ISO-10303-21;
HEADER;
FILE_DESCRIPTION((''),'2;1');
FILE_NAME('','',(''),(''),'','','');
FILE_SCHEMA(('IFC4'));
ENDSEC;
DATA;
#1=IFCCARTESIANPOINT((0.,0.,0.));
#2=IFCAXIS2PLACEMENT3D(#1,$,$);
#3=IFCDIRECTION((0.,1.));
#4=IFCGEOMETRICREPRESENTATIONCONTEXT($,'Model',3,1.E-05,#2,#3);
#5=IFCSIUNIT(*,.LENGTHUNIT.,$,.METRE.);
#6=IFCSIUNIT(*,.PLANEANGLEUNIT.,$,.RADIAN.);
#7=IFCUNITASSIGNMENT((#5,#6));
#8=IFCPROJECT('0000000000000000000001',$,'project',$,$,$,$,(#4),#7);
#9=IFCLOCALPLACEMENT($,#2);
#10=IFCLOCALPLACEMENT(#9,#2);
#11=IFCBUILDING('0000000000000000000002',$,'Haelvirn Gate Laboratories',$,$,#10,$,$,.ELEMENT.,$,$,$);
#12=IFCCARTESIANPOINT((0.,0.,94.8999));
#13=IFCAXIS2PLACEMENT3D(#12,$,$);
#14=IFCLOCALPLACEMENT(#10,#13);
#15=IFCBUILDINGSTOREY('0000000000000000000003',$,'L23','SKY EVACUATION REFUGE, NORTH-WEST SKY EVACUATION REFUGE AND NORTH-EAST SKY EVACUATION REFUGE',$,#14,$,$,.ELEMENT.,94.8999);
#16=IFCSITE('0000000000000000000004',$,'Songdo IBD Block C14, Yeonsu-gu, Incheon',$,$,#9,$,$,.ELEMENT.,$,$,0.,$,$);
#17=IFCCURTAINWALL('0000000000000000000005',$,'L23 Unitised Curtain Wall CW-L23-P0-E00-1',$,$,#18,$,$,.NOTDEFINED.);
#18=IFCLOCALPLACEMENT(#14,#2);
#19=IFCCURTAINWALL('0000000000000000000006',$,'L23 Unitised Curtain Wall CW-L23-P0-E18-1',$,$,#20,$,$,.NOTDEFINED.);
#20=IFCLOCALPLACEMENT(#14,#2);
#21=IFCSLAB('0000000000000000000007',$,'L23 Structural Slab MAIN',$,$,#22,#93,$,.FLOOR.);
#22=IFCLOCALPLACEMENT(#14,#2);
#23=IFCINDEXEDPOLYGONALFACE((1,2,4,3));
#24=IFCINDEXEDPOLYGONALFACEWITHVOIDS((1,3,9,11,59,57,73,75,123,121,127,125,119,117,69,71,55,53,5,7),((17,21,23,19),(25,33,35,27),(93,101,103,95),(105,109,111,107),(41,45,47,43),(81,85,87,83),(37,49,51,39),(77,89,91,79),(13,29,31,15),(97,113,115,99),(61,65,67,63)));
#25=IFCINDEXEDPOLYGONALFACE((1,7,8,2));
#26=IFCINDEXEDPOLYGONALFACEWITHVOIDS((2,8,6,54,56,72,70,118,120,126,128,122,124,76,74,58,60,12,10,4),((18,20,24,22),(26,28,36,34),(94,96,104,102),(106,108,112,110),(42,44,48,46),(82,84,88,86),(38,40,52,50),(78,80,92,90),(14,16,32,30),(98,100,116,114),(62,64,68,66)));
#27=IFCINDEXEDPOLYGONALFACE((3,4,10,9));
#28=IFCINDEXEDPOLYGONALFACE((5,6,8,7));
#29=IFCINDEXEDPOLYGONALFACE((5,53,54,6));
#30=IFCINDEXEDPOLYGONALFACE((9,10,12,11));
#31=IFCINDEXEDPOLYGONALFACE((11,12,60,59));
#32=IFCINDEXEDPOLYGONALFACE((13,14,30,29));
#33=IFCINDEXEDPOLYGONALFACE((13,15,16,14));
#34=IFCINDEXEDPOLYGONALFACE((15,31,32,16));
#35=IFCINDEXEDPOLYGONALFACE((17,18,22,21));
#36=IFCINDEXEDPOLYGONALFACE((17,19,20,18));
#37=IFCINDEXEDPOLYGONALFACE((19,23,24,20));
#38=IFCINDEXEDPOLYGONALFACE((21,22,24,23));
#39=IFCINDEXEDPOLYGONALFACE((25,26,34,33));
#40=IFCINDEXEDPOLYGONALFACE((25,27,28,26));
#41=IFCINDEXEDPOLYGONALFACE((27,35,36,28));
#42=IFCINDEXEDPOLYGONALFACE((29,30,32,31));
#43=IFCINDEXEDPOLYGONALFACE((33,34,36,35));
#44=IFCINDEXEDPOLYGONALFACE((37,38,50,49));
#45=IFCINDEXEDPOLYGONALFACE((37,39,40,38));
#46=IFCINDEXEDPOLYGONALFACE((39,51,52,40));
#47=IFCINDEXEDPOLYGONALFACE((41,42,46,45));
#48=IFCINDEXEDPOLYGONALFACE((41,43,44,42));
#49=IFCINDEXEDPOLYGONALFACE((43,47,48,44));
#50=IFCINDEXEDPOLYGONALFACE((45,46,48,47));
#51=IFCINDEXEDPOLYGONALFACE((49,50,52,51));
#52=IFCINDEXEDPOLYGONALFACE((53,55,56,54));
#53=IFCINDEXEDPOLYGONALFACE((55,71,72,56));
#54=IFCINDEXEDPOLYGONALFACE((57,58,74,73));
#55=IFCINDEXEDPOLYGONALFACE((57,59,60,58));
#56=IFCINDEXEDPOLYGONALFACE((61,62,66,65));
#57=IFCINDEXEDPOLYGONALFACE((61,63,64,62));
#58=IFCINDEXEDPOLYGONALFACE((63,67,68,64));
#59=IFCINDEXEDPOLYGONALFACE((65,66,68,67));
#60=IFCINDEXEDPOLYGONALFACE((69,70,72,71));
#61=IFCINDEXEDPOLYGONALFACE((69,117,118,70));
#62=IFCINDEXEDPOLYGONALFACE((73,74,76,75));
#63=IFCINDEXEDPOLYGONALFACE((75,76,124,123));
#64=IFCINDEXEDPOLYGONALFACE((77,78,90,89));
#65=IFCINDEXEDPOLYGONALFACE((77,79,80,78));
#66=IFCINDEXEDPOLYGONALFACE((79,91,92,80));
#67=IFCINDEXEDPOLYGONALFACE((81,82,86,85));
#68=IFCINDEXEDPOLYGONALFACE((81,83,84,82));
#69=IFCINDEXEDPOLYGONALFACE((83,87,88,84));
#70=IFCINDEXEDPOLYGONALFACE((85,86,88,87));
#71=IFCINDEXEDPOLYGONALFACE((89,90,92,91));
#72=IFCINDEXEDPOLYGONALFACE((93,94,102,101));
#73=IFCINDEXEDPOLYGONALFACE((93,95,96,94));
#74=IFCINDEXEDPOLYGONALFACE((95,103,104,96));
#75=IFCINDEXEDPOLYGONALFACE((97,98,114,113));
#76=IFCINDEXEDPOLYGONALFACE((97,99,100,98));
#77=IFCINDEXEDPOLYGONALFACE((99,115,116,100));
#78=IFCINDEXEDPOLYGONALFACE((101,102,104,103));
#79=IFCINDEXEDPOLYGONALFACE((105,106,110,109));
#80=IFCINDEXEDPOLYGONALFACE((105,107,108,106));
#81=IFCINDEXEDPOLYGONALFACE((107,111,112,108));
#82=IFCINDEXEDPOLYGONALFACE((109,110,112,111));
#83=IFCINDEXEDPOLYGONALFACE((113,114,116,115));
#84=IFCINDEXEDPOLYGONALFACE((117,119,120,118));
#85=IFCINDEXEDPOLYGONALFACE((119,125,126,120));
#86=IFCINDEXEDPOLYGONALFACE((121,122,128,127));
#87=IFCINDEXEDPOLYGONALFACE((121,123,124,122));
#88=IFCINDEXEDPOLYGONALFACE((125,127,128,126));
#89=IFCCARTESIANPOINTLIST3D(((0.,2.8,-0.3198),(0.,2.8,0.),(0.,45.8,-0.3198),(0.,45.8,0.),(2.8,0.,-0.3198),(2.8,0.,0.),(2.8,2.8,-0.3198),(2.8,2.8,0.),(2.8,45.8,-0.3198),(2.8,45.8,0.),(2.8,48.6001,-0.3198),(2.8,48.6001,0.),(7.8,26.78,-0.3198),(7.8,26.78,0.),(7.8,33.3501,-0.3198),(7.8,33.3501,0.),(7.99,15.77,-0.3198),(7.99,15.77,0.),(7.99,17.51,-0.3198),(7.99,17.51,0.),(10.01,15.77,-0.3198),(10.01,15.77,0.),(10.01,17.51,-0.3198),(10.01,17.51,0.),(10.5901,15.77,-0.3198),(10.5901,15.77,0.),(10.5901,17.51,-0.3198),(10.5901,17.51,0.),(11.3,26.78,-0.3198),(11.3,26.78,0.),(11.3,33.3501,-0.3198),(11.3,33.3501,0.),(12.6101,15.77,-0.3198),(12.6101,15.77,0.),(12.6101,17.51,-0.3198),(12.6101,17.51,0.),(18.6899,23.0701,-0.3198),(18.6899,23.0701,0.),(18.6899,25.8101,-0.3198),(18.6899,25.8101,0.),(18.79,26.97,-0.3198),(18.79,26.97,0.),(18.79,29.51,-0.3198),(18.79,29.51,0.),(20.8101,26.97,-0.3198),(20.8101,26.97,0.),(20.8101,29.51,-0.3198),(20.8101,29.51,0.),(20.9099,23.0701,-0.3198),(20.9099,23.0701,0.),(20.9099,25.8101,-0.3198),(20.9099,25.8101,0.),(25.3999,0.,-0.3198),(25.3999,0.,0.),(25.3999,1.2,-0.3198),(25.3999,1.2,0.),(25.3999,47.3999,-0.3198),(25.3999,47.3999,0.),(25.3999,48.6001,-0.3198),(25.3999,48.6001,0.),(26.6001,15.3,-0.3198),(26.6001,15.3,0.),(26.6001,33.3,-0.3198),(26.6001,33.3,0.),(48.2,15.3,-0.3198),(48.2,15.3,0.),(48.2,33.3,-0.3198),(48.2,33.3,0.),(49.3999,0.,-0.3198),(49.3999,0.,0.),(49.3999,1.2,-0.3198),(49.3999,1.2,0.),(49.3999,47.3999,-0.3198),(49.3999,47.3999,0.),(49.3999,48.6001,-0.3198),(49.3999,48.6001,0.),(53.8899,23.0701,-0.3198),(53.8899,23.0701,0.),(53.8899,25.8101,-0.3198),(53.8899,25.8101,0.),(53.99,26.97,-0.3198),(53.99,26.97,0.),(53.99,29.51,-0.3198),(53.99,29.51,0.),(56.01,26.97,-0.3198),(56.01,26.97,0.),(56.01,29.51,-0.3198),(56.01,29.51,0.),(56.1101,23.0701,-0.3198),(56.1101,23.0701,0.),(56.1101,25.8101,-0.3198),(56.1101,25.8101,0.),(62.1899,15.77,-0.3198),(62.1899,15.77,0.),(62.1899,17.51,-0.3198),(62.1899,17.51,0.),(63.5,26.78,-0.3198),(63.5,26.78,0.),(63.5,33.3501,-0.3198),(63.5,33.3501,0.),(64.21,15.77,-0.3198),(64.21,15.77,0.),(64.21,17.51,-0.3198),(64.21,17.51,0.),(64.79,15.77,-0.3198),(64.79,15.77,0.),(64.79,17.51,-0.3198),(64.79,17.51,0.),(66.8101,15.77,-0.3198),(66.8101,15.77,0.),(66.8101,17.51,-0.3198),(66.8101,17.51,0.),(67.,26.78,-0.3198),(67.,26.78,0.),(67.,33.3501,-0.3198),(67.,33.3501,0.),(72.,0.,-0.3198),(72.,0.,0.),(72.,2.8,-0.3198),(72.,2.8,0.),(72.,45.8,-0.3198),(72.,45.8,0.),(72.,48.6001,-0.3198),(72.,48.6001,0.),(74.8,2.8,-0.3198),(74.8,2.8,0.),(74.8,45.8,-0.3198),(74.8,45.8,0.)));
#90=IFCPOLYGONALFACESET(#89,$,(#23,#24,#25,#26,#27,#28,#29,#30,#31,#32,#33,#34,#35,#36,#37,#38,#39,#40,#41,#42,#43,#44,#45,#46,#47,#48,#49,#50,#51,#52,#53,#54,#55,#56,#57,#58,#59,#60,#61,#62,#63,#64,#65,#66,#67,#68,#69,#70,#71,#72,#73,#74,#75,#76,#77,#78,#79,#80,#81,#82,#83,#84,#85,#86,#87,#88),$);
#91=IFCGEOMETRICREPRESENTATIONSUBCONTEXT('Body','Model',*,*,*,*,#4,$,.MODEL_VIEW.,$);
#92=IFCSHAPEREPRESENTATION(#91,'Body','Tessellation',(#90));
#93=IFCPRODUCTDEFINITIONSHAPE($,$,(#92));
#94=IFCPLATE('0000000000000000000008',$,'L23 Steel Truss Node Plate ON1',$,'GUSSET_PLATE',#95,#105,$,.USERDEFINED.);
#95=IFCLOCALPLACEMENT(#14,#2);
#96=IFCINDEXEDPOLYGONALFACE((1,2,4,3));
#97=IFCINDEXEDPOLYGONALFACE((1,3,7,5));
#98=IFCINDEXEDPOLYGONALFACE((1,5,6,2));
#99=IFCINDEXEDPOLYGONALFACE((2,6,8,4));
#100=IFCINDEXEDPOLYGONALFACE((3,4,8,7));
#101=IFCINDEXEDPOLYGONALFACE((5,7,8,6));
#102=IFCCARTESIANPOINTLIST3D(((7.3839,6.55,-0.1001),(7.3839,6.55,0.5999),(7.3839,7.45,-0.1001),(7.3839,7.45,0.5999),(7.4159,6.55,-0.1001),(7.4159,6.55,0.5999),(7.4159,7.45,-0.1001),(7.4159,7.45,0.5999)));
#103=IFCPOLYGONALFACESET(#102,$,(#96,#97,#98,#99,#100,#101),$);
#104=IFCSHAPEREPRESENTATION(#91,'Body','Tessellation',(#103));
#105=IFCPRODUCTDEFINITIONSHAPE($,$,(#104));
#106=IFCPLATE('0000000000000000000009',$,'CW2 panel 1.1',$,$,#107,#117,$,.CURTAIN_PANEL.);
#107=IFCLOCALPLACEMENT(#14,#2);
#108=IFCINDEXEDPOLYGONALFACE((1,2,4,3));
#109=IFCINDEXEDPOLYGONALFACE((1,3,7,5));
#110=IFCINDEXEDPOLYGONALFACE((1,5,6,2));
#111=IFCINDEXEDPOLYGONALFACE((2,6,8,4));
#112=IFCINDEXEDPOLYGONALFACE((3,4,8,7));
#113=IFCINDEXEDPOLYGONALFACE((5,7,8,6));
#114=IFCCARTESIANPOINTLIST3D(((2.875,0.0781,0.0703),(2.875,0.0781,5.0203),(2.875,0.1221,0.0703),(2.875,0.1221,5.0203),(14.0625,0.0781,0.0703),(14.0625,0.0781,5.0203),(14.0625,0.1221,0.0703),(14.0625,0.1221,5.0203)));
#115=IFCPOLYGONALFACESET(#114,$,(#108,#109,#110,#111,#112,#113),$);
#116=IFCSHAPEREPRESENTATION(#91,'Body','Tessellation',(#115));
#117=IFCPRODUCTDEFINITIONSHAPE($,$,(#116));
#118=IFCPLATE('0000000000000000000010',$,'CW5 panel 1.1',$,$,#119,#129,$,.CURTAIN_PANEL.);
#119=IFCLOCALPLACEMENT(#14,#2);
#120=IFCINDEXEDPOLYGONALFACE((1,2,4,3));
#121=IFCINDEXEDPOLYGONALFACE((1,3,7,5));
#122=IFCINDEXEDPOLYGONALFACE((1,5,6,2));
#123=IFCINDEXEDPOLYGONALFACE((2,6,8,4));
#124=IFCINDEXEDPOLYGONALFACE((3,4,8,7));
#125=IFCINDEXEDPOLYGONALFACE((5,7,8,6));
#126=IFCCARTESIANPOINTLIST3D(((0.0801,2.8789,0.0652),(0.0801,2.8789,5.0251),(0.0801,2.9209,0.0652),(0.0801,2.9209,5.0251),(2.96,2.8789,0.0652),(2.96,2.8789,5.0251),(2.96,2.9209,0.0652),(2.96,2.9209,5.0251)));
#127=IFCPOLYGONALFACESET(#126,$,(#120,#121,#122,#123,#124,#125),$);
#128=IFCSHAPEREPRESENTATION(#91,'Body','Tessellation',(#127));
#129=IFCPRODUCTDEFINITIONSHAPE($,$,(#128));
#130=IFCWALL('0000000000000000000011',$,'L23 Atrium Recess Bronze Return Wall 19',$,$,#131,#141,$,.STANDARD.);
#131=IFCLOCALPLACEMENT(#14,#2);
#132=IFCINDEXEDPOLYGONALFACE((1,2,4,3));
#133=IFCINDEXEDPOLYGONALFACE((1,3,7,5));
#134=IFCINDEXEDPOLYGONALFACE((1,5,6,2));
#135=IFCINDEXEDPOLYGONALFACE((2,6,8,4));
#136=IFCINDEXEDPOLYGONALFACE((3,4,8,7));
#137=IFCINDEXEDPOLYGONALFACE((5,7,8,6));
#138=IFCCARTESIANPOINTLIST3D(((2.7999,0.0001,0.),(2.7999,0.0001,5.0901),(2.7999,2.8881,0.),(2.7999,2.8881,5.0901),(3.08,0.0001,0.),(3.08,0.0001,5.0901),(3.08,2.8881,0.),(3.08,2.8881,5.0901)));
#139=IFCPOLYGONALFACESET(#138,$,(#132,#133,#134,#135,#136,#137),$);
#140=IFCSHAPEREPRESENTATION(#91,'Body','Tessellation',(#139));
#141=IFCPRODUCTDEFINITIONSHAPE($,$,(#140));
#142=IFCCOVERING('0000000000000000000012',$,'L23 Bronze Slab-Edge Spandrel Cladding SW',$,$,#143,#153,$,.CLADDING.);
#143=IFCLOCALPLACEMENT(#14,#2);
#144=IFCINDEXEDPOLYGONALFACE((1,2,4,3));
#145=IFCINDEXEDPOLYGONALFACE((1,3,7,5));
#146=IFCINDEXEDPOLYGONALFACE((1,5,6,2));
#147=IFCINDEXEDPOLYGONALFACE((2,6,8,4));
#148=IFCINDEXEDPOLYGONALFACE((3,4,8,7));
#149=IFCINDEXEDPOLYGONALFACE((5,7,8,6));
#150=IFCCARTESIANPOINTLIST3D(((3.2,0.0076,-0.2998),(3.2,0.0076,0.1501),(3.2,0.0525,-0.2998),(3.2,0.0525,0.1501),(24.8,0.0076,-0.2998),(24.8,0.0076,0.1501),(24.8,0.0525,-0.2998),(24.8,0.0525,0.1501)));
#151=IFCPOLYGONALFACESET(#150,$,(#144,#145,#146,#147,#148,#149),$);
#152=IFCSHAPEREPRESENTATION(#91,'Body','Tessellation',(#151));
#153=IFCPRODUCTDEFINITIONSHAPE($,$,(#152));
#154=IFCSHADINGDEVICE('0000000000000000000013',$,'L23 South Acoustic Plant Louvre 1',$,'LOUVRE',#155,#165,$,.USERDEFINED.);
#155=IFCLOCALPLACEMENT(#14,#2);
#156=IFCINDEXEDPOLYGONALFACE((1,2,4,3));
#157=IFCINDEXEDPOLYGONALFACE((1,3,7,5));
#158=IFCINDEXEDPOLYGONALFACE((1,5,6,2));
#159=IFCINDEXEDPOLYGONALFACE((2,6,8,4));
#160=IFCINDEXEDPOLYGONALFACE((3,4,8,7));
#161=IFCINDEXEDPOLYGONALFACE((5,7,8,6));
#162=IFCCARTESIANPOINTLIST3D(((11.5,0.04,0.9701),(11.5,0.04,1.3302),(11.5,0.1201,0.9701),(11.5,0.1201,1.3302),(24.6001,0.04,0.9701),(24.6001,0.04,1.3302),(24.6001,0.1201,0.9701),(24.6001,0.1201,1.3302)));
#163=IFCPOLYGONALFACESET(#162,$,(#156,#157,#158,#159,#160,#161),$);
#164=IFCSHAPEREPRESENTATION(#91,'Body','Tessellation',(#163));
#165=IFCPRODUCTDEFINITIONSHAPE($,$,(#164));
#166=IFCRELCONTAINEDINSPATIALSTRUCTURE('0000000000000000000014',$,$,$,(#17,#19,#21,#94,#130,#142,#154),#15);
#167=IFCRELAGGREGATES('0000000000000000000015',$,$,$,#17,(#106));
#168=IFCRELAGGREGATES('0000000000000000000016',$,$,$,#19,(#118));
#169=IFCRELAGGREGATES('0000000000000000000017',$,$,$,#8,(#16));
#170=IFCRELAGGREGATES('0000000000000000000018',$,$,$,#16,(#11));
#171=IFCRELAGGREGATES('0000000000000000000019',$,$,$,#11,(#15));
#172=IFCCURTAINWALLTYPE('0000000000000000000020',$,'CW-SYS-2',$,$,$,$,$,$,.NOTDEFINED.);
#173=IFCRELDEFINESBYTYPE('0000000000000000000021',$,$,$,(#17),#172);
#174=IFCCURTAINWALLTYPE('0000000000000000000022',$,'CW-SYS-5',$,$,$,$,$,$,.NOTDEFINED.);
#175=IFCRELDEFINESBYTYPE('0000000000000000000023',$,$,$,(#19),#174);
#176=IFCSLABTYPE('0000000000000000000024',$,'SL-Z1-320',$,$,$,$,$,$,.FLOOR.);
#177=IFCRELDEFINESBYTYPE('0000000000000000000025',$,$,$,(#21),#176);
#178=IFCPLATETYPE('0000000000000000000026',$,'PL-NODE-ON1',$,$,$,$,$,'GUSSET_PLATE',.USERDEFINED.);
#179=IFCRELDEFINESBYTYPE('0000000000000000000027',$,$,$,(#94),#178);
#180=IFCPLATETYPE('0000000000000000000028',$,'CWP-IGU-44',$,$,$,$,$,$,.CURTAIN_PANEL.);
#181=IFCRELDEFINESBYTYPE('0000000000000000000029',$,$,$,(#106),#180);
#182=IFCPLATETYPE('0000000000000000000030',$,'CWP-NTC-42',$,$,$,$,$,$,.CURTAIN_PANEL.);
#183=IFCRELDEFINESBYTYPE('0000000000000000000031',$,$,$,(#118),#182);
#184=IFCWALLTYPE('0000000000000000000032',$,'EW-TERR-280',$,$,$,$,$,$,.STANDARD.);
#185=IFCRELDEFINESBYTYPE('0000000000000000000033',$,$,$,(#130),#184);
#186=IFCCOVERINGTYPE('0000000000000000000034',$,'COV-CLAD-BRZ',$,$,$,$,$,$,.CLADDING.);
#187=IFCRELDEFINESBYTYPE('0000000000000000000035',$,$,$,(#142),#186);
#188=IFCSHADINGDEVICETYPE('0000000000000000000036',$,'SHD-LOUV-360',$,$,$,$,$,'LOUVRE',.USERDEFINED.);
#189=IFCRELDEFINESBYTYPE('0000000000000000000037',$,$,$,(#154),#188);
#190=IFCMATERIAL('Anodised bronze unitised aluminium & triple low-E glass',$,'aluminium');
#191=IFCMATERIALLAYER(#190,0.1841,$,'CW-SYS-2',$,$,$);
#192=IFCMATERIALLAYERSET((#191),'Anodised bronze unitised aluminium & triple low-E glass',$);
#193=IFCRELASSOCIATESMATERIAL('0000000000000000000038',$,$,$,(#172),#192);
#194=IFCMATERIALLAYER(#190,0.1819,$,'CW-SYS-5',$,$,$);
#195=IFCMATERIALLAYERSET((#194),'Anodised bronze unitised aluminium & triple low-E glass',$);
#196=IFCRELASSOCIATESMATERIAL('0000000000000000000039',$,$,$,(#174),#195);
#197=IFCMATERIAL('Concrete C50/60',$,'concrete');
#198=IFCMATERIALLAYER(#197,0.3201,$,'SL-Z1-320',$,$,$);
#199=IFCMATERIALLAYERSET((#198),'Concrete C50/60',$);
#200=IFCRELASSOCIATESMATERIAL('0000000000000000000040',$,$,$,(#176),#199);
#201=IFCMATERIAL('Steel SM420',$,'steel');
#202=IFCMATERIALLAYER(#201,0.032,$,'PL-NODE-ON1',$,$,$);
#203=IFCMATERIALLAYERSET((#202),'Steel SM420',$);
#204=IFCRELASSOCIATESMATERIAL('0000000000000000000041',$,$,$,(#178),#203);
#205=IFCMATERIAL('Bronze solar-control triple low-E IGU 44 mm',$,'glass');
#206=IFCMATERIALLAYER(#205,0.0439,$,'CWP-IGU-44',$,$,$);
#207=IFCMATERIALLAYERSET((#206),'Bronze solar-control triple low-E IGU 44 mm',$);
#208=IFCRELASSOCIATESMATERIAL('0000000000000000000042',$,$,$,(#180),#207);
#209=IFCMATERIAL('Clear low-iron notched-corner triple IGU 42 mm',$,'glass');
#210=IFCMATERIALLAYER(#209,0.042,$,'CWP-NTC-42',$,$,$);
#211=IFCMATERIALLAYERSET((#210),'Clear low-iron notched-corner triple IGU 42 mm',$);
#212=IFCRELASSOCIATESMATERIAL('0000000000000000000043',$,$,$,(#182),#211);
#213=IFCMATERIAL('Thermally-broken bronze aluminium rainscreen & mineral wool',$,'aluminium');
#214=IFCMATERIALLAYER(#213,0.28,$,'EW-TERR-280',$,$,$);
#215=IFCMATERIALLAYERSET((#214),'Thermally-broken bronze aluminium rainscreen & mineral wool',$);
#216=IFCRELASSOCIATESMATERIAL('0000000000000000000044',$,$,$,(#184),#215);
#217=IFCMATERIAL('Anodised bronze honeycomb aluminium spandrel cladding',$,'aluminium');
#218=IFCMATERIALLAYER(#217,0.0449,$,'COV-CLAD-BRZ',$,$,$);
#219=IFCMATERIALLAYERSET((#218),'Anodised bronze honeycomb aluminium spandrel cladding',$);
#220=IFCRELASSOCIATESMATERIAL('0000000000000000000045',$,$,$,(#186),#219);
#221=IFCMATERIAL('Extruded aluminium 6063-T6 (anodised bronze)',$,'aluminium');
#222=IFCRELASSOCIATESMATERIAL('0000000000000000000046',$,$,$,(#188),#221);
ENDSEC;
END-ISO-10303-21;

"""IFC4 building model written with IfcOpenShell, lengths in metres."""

from ifc_helpers import new_model, si_unit, direction, frame, frame_2d, origin, origin_2d, place, context, subcontext, project, spatial, polyline, rectangle, outline, extrude, source, transform, mapped, material, layer, layer_set, material_profile, profile_set, type_object, type_shapes, element, aggregate, save


model = new_model("IFC4")

# Units and contexts
model_context = context("Model", 3, precision=1e-05, world=origin(), true_north=direction((0.0, 1.0)))
body_context = subcontext(model_context, "Body", "Model", "MODEL_VIEW")
ifc_project = project(units=[si_unit("LENGTHUNIT", "METRE"), si_unit("PLANEANGLEUNIT", "RADIAN")], contexts=[model_context])

# Site, building, storey
site_placement = place(None, origin())
site = spatial("IfcSite", under=ifc_project, at=site_placement, Name="Songdo IBD Block C14, Yeonsu-gu, Incheon", CompositionType="ELEMENT", RefElevation=0.0)
building_placement = place(site_placement, origin())
building = spatial("IfcBuilding", under=site, at=building_placement, Name="Haelvirn Gate Laboratories", CompositionType="ELEMENT")
storey_placement = place(building_placement, frame((0.0, 0.0, 94.8999)))
storey = spatial("IfcBuildingStorey", under=building, at=storey_placement, Name="L23", Description="SKY EVACUATION REFUGE, NORTH-WEST SKY EVACUATION REFUGE AND NORTH-EAST SKY EVACUATION REFUGE", CompositionType="ELEMENT", Elevation=94.8999)

# Shared definitions
ifc_material_1 = material(Name="Steel SM420", Category="steel")

# Curtain walls
ifc_material_2 = material(Name="Anodised bronze unitised aluminium & triple low-E glass", Category="aluminium")
ifc_layer_1 = layer(ifc_material_2, 0.1841, Name="CW-SYS-2")
ifc_layer_set_1 = layer_set([ifc_layer_1], Name="Anodised bronze unitised aluminium & triple low-E glass")
curtain_wall_type_1 = type_object("IfcCurtainWallType", Name="CW-SYS-2", PredefinedType="NOTDEFINED", material=ifc_layer_set_1)
curtain_wall_1_placement = place(storey_placement, origin())
curtain_wall_1 = element("IfcCurtainWall", 1, at=curtain_wall_1_placement, inside=storey, type_object=curtain_wall_type_1, Name="L23 Unitised Curtain Wall CW-L23-P0-E00-1", PredefinedType="NOTDEFINED")
ifc_material_3 = material(Name="Extruded aluminium 6063-T6 (anodised bronze)", Category="aluminium")
ifc_layer_2 = layer(ifc_material_2, 0.1819, Name="CW-SYS-5")
ifc_layer_set_2 = layer_set([ifc_layer_2], Name="Anodised bronze unitised aluminium & triple low-E glass")
curtain_wall_type_2 = type_object("IfcCurtainWallType", Name="CW-SYS-5", PredefinedType="NOTDEFINED", material=ifc_layer_set_2)
curtain_wall_2_placement = place(storey_placement, origin())
curtain_wall_2 = element("IfcCurtainWall", 2, at=curtain_wall_2_placement, inside=storey, type_object=curtain_wall_type_2, Name="L23 Unitised Curtain Wall CW-L23-P0-E18-1", PredefinedType="NOTDEFINED")

# Slab
ifc_material_4 = material(Name="Concrete C50/60", Category="concrete")
ifc_layer_3 = layer(ifc_material_4, 0.3201, Name="SL-Z1-320")
ifc_layer_set_3 = layer_set([ifc_layer_3], Name="Concrete C50/60")
slab_type_1 = type_object("IfcSlabType", Name="SL-Z1-320", PredefinedType="FLOOR", material=ifc_layer_set_3)
slab_1_placement = place(storey_placement, frame((0.0, 0.0, -0.3198)))
element("IfcSlab", 3, at=slab_1_placement, inside=storey, type_object=slab_type_1, Name="L23 Structural Slab MAIN", PredefinedType="FLOOR", context=body_context, shape_type="SweptSolid", body=[
    extrude(outline(polyline([(2.8, 0.0), (25.3999, 0.0), (25.3999, 1.2), (49.3999, 1.2), (49.3999, 0.0), (72.0, 0.0), (72.0, 2.8), (74.8, 2.8), (74.8, 45.8), (72.0, 45.8), (72.0, 48.6001), (49.3999, 48.6001), (49.3999, 47.3999), (25.3999, 47.3999), (25.3999, 48.6001), (2.8, 48.6001), (2.8, 45.8), (0.0, 45.8), (0.0, 2.8), (2.8, 2.8), (2.8, 0.0)]), holes=[polyline([(26.6001, 15.3), (48.2, 15.3), (48.2, 33.3), (26.6001, 33.3), (26.6001, 15.3)]), polyline([(11.3, 26.78), (11.3, 33.3501), (7.8, 33.3501), (7.8, 26.78), (11.3, 26.78)]), polyline([(67.0, 26.78), (67.0, 33.3501), (63.5, 33.3501), (63.5, 26.78), (67.0, 26.78)]), polyline([(7.99, 15.77), (10.01, 15.77), (10.01, 17.51), (7.99, 17.51), (7.99, 15.77)]), polyline([(10.5901, 15.77), (12.6101, 15.77), (12.6101, 17.51), (10.5901, 17.51), (10.5901, 15.77)]), polyline([(18.79, 26.97), (20.8101, 26.97), (20.8101, 29.51), (18.79, 29.51), (18.79, 26.97)]), polyline([(18.6899, 23.0701), (20.9099, 23.0701), (20.9099, 25.8101), (18.6899, 25.8101), (18.6899, 23.0701)]), polyline([(64.79, 15.77), (66.8101, 15.77), (66.8101, 17.51), (64.79, 17.51), (64.79, 15.77)]), polyline([(62.1899, 15.77), (64.21, 15.77), (64.21, 17.51), (62.1899, 17.51), (62.1899, 15.77)]), polyline([(53.99, 26.97), (56.01, 26.97), (56.01, 29.51), (53.99, 29.51), (53.99, 26.97)]), polyline([(53.8899, 23.0701), (56.1101, 23.0701), (56.1101, 25.8101), (53.8899, 25.8101), (53.8899, 23.0701)])]), origin(), (0.0, 0.0, 1.0), 0.3198),
])

# Plates
ifc_layer_4 = layer(ifc_material_1, 0.032, Name="PL-NODE-ON1")
ifc_layer_set_4 = layer_set([ifc_layer_4], Name="Steel SM420")
plate_type_1 = type_object("IfcPlateType", Name="PL-NODE-ON1", ElementType="GUSSET_PLATE", PredefinedType="USERDEFINED", material=ifc_layer_set_4)
shared_shape_1 = source(origin(), body_context, "Body", "SweptSolid", [
    extrude(rectangle(XDim=0.8999, YDim=0.032, at=origin_2d()), origin(), (0.0, 0.0, 1.0), 0.7),
])
type_shapes(plate_type_1, [shared_shape_1])
plate_1_placement = place(storey_placement, frame((7.3999, 7.0, -0.1001), z_axis=(0.0, 0.0, 1.0), x_axis=(0.0, 1.0, 0.0)))
element("IfcPlate", 4, at=plate_1_placement, inside=storey, type_object=plate_type_1, Name="L23 Steel Truss Node Plate ON1", ObjectType="GUSSET_PLATE", PredefinedType="USERDEFINED", context=body_context, shape_type="MappedRepresentation", body=[
    mapped(shared_shape_1, transform((0.0, 0.0, 0.0), scale=1.0)),
])
ifc_material_5 = material(Name="Bronze solar-control triple low-E IGU 44 mm", Category="glass")
ifc_layer_5 = layer(ifc_material_5, 0.0439, Name="CWP-IGU-44")
ifc_layer_set_5 = layer_set([ifc_layer_5], Name="Bronze solar-control triple low-E IGU 44 mm")
plate_type_2 = type_object("IfcPlateType", Name="CWP-IGU-44", PredefinedType="CURTAIN_PANEL", material=ifc_layer_set_5)
shared_shape_2 = source(origin(), body_context, "Body", "SweptSolid", [
    extrude(rectangle(XDim=11.1875, YDim=0.0439, at=origin_2d()), origin(), (0.0, 0.0, 1.0), 4.95),
])
type_shapes(plate_type_2, [shared_shape_2])
plate_2_placement = place(storey_placement, frame((8.4688, 0.1001, 0.0703), z_axis=(0.0, 0.0, 1.0), x_axis=(1.0, 0.0, 0.0)))
plate_2 = element("IfcPlate", 5, at=plate_2_placement, type_object=plate_type_2, Name="CW2 panel 1.1", PredefinedType="CURTAIN_PANEL", context=body_context, shape_type="MappedRepresentation", body=[
    mapped(shared_shape_2, transform((0.0, 0.0, 0.0), scale=1.0)),
])
aggregate(curtain_wall_1, [plate_2])
ifc_material_6 = material(Name="Clear low-iron notched-corner triple IGU 42 mm", Category="glass")
ifc_layer_6 = layer(ifc_material_6, 0.042, Name="CWP-NTC-42")
ifc_layer_set_6 = layer_set([ifc_layer_6], Name="Clear low-iron notched-corner triple IGU 42 mm")
plate_type_3 = type_object("IfcPlateType", Name="CWP-NTC-42", PredefinedType="CURTAIN_PANEL", material=ifc_layer_set_6)
shared_shape_3 = source(origin(), body_context, "Body", "SweptSolid", [
    extrude(rectangle(XDim=2.8799, YDim=0.042, at=origin_2d()), origin(), (0.0, 0.0, 1.0), 4.96),
])
type_shapes(plate_type_3, [shared_shape_3])
plate_3_placement = place(storey_placement, frame((1.52, 2.8999, 0.0652), z_axis=(0.0, 0.0, 1.0), x_axis=(1.0, 0.0, 0.0)))
plate_3 = element("IfcPlate", 6, at=plate_3_placement, type_object=plate_type_3, Name="CW5 panel 1.1", PredefinedType="CURTAIN_PANEL", context=body_context, shape_type="MappedRepresentation", body=[
    mapped(shared_shape_3, transform((0.0, 0.0, 0.0), scale=1.0)),
])
aggregate(curtain_wall_2, [plate_3])

# Wall
ifc_material_7 = material(Name="Thermally-broken bronze aluminium rainscreen & mineral wool", Category="aluminium")
ifc_layer_7 = layer(ifc_material_7, 0.28, Name="EW-TERR-280")
ifc_layer_set_7 = layer_set([ifc_layer_7], Name="Thermally-broken bronze aluminium rainscreen & mineral wool")
wall_type = type_object("IfcWallType", Name="EW-TERR-280", PredefinedType="STANDARD", material=ifc_layer_set_7)
wall_placement = place(storey_placement, frame((2.9399, 2.8879, 0.0), z_axis=(0.0, 0.0, 1.0), x_axis=(0.0, -1.0, 0.0)))
element("IfcWall", 7, at=wall_placement, inside=storey, type_object=wall_type, Name="L23 Atrium Recess Bronze Return Wall 19", PredefinedType="STANDARD", context=body_context, shape_type="SweptSolid", body=[
    extrude(rectangle(XDim=2.8879, YDim=0.28, at=frame_2d((1.4438, 0.0))), origin(), (0.0, 0.0, 1.0), 5.0901),
])

# Covering
ifc_material_8 = material(Name="Anodised bronze honeycomb aluminium spandrel cladding", Category="aluminium")
ifc_layer_8 = layer(ifc_material_8, 0.0449, Name="COV-CLAD-BRZ")
ifc_layer_set_8 = layer_set([ifc_layer_8], Name="Anodised bronze honeycomb aluminium spandrel cladding")
covering_type = type_object("IfcCoveringType", Name="COV-CLAD-BRZ", PredefinedType="CLADDING", material=ifc_layer_set_8)
covering_placement = place(storey_placement, frame((3.2, 0.03, -0.2998), z_axis=(0.0, 0.0, 1.0), x_axis=(1.0, 0.0, 0.0)))
element("IfcCovering", 8, at=covering_placement, inside=storey, type_object=covering_type, Name="L23 Bronze Slab-Edge Spandrel Cladding SW", PredefinedType="CLADDING", context=body_context, shape_type="SweptSolid", body=[
    extrude(rectangle(XDim=21.6001, YDim=0.0449, at=frame_2d((10.8, 0.0))), origin(), (0.0, 0.0, 1.0), 0.45),
])

# Shading device
ifc_material_profile_1 = material_profile(ifc_material_3, rectangle(XDim=0.0801, YDim=0.3601, at=origin_2d()), Name="LOUV-360x80")
ifc_profile_set_1 = profile_set([ifc_material_profile_1], Name="Extruded aluminium 6063-T6 (anodised bronze)")
shading_device_type = type_object("IfcShadingDeviceType", Name="SHD-LOUV-360", ElementType="LOUVRE", PredefinedType="USERDEFINED", material=ifc_profile_set_1)
shared_shape_4 = source(origin(), body_context, "Body", "SweptSolid", [
    extrude(rectangle(XDim=0.0801, YDim=0.3601, at=origin_2d()), origin(), (0.0, 0.0, 1.0), 13.1001),
])
type_shapes(shading_device_type, [shared_shape_4])
for number, where, z_axis, x_axis, name in (
    (9, (11.5, 0.0801, 1.1501), (1.0, 0.0, 0.0), (0.0, 1.0, 0.0), "L23 South Acoustic Plant Louvre 1"),
):
    element("IfcShadingDevice", number, at=place(storey_placement, frame(where, z_axis=z_axis, x_axis=x_axis)), inside=storey, type_object=shading_device_type, Name=name, ObjectType="LOUVRE", PredefinedType="USERDEFINED", context=body_context, shape_type="MappedRepresentation", body=[
        mapped(shared_shape_4, transform((0.0, 0.0, 0.0), scale=1.0)),
    ])

save(model, "model.ifc")
